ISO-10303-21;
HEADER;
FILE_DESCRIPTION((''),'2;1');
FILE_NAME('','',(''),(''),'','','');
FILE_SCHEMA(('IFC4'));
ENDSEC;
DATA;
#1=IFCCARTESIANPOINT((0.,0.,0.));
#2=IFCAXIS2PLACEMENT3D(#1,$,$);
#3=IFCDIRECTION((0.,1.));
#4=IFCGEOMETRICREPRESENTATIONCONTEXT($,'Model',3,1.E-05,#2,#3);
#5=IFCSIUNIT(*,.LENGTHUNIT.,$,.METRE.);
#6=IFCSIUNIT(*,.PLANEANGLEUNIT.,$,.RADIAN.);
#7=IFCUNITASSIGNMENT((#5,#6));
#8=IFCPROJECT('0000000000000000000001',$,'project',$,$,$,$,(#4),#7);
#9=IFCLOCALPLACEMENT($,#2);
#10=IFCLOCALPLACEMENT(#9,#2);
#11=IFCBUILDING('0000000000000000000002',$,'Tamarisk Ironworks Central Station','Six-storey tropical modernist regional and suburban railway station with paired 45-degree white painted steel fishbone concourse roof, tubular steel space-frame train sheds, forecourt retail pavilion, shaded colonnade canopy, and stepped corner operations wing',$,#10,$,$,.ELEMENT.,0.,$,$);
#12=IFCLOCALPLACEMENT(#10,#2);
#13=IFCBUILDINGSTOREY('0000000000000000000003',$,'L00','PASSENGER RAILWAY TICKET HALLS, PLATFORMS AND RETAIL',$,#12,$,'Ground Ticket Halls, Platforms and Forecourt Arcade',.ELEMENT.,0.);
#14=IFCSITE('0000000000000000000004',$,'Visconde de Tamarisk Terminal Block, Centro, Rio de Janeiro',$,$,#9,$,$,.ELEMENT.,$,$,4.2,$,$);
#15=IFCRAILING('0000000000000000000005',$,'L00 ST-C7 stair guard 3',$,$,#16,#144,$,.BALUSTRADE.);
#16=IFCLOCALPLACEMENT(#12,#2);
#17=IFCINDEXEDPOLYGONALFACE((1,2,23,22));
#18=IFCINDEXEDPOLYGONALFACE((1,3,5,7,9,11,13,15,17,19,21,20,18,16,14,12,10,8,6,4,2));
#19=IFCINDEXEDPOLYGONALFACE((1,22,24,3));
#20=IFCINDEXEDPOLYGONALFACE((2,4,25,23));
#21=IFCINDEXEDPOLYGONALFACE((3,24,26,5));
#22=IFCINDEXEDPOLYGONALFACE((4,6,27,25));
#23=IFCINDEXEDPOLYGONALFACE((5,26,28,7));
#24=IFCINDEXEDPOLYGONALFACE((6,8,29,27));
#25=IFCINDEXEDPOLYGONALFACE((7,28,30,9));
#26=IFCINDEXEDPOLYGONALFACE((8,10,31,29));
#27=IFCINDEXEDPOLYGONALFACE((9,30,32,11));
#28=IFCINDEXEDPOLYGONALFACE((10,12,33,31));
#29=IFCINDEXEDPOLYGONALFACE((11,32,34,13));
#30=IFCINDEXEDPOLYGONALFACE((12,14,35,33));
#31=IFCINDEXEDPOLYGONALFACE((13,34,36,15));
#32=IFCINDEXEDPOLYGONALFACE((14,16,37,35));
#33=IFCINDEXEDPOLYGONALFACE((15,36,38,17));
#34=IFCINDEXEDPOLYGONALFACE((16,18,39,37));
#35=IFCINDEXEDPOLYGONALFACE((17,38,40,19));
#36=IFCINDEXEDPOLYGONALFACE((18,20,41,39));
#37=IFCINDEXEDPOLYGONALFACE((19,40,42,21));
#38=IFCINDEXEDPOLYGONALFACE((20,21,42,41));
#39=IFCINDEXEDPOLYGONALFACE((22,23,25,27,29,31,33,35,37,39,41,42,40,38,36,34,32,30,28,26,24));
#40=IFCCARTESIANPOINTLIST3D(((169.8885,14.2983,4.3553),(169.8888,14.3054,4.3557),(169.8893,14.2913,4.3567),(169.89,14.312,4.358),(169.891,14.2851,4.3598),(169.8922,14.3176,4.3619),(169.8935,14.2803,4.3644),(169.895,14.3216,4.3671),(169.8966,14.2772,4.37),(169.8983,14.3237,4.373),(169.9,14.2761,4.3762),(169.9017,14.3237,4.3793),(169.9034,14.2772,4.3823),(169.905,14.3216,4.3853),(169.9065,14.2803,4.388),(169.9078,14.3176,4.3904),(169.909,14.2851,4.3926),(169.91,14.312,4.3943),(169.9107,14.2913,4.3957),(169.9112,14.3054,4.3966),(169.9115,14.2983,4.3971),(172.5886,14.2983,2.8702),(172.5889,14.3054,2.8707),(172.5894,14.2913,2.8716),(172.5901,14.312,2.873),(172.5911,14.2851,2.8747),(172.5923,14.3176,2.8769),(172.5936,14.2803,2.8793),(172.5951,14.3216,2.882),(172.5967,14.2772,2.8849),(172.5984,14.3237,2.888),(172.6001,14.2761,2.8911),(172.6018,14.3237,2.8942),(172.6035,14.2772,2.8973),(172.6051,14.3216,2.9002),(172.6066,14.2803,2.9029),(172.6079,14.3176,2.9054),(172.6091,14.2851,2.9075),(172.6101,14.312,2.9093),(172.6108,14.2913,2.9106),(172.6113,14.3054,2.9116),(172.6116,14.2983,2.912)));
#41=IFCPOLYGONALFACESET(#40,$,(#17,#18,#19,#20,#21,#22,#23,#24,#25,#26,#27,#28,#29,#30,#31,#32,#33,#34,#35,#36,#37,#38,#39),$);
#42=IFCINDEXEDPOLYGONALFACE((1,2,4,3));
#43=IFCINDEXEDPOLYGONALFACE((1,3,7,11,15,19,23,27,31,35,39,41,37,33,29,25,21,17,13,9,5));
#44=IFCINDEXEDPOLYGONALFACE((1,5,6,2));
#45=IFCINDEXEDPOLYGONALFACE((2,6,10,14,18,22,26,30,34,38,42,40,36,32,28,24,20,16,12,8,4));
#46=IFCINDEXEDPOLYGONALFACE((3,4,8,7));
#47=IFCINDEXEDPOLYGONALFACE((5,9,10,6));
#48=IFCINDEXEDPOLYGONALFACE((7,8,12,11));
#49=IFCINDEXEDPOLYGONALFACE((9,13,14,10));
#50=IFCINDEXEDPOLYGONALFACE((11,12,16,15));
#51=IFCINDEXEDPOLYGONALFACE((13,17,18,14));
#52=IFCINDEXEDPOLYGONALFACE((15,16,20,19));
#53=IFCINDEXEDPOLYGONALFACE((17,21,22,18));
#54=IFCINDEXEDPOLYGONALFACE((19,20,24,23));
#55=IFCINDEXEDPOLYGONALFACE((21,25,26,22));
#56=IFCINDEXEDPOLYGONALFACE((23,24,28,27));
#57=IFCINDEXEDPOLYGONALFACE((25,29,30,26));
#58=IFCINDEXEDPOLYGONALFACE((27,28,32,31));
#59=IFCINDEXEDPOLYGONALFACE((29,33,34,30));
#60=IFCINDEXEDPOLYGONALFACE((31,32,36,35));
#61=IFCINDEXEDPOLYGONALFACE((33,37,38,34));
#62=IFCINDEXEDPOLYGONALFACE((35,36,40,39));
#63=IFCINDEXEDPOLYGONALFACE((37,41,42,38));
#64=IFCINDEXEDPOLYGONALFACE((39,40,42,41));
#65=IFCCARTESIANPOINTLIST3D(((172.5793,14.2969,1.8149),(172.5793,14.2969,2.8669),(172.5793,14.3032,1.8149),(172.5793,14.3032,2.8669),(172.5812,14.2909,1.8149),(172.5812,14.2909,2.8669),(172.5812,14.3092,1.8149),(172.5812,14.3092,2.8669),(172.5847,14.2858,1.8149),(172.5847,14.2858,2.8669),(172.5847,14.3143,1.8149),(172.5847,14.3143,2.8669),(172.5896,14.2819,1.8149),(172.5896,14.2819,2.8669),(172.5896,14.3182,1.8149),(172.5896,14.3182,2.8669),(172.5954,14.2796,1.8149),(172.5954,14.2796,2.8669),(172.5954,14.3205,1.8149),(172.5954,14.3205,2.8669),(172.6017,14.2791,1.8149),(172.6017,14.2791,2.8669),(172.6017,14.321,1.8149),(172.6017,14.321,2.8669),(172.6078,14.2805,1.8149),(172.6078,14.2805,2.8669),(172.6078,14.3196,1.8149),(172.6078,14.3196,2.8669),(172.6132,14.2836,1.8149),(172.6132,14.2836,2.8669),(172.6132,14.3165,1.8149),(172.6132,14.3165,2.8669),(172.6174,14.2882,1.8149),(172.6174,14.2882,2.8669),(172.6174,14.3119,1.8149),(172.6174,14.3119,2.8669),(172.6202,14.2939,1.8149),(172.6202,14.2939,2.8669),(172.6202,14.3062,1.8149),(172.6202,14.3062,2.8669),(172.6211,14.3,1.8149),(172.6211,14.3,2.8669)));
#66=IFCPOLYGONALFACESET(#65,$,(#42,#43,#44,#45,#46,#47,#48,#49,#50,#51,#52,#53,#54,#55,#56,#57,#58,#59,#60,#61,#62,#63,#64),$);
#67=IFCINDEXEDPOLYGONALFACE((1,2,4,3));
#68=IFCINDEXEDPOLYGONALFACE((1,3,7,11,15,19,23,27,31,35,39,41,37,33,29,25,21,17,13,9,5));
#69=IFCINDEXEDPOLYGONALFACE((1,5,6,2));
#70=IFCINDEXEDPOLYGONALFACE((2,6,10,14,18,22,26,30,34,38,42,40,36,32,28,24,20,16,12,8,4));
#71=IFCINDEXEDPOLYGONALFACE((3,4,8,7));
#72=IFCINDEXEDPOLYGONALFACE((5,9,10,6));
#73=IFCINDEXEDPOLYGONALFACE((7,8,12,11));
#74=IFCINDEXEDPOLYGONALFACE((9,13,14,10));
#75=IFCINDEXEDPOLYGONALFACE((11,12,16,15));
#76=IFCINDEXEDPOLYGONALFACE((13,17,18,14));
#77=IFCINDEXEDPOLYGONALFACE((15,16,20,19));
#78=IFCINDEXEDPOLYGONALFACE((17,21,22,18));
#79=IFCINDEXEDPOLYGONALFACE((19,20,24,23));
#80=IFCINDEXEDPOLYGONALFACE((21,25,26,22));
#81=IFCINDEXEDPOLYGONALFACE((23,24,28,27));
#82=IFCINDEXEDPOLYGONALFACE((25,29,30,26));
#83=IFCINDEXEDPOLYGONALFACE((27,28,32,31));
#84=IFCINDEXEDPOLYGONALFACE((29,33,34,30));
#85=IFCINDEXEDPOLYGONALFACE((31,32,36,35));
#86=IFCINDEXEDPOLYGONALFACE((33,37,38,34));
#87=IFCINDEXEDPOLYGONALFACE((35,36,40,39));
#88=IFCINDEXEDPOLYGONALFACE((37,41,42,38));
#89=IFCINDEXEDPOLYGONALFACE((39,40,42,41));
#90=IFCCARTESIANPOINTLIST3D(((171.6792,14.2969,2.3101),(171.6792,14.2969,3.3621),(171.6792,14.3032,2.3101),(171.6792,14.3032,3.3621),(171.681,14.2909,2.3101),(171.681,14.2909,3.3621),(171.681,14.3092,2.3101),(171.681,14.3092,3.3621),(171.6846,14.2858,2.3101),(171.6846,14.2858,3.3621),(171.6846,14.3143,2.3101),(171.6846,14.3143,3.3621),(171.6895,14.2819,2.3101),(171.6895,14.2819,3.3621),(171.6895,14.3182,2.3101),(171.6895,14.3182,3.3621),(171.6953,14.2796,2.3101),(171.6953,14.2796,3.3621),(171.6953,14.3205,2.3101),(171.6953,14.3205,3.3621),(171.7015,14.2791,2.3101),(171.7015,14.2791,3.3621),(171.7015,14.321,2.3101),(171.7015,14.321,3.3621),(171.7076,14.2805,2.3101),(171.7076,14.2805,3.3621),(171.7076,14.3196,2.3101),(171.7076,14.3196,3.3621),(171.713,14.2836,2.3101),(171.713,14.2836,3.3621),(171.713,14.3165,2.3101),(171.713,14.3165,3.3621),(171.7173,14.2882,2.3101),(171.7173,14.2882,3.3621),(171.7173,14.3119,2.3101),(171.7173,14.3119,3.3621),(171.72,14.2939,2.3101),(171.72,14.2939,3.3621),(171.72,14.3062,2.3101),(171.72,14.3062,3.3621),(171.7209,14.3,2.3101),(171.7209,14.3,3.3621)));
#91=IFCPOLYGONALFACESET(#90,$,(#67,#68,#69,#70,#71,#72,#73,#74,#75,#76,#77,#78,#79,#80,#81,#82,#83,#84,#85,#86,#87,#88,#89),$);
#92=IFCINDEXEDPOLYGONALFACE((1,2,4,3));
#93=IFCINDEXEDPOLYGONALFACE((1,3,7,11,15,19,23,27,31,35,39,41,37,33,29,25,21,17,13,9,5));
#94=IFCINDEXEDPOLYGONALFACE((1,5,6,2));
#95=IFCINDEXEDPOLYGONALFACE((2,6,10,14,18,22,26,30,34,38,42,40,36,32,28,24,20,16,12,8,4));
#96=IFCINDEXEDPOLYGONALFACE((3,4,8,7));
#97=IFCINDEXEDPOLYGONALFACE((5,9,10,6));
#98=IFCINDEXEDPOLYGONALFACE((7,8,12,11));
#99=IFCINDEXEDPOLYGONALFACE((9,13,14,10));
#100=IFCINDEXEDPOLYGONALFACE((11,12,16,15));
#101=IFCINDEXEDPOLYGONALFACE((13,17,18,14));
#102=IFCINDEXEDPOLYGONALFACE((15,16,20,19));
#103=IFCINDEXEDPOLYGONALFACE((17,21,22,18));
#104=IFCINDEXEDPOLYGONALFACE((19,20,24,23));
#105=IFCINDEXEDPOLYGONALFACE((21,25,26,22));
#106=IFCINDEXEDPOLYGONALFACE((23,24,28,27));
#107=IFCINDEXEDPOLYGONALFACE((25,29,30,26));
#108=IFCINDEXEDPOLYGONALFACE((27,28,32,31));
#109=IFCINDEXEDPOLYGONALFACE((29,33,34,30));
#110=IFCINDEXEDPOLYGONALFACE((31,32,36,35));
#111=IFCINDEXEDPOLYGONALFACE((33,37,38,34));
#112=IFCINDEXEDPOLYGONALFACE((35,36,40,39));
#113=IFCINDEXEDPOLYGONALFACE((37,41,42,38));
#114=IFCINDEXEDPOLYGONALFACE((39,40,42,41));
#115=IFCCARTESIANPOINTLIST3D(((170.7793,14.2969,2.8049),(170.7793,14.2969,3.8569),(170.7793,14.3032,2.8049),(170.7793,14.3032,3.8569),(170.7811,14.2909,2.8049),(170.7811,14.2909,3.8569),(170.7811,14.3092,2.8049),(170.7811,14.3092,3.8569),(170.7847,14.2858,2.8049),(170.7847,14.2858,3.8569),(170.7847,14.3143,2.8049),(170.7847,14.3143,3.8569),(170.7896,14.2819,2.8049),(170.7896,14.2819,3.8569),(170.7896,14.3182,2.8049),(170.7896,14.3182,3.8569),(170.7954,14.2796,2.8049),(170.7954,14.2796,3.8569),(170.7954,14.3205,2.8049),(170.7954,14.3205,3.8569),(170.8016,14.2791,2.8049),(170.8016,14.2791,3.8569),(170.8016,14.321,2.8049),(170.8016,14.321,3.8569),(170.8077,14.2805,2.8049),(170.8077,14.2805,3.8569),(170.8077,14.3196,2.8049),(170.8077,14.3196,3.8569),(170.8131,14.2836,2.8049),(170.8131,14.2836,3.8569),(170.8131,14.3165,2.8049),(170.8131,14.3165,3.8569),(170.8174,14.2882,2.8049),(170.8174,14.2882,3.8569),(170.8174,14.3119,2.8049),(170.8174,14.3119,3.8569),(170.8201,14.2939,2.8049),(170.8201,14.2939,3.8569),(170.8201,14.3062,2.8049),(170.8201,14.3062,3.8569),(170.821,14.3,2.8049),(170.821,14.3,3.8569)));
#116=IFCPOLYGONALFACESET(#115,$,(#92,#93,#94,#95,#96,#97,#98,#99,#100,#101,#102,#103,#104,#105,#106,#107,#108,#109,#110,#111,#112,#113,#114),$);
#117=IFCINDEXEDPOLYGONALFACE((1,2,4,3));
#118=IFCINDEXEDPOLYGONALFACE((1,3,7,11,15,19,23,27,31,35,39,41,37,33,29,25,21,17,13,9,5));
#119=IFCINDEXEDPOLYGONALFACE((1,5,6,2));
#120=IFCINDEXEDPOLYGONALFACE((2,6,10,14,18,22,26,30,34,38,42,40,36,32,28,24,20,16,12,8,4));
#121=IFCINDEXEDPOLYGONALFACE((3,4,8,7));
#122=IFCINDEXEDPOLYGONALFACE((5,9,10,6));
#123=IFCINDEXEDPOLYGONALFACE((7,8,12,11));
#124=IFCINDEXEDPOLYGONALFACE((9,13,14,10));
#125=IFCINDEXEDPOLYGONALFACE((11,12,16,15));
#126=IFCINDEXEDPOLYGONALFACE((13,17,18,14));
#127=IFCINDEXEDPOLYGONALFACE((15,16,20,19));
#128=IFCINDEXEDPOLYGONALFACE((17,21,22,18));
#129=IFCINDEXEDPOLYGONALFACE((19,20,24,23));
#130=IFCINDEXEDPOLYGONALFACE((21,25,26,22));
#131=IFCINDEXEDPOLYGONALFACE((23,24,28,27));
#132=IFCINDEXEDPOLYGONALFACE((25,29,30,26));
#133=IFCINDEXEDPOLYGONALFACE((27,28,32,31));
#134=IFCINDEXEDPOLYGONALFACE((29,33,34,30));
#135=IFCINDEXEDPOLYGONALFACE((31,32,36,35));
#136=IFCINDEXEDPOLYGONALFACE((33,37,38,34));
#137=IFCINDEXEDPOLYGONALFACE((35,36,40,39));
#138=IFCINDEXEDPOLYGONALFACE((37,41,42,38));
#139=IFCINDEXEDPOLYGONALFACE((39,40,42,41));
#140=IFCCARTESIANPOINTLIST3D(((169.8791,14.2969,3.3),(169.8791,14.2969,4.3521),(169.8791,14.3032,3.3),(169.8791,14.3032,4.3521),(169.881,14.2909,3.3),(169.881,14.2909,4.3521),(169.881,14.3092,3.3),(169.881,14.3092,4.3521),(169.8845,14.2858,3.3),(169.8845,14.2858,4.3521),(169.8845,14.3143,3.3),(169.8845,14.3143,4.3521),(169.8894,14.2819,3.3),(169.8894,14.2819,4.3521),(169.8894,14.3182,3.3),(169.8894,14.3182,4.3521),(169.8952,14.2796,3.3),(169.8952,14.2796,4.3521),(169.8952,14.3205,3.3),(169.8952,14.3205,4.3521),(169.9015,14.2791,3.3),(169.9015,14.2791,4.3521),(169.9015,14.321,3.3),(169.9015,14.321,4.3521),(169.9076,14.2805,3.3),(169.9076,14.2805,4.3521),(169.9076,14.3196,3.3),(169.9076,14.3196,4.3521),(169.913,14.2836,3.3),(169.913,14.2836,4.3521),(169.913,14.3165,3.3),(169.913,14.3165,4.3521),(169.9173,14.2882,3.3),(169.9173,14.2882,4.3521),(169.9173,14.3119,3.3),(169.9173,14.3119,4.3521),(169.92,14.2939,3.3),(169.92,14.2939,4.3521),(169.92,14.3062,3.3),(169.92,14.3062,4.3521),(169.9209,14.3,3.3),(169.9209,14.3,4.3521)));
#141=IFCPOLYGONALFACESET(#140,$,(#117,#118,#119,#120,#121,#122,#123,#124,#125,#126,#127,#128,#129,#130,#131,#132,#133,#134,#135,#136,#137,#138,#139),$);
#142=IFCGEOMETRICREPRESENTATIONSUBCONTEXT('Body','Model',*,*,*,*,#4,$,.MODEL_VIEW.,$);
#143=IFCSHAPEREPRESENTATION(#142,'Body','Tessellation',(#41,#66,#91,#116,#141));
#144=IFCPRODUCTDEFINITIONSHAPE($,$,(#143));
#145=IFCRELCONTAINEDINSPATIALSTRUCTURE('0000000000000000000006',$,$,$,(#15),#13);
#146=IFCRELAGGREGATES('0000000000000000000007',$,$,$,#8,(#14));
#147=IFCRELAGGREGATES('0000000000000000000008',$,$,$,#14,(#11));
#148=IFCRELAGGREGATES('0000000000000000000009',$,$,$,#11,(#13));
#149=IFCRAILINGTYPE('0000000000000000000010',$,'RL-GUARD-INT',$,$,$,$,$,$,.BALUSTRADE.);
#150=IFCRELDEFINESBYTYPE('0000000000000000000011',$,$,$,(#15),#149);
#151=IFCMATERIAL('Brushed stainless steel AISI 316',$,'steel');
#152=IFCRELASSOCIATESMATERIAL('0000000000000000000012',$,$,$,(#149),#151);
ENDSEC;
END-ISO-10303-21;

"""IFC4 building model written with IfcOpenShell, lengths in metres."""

from ifc_helpers import new_model, si_unit, direction, frame, origin, origin_2d, place, context, subcontext, project, spatial, circle, extrude, material, type_object, element, save


model = new_model("IFC4")

# Units and contexts
model_context = context("Model", 3, precision=1e-05, world=origin(), true_north=direction((0.0, 1.0)))
body_context = subcontext(model_context, "Body", "Model", "MODEL_VIEW")
ifc_project = project(units=[si_unit("LENGTHUNIT", "METRE"), si_unit("PLANEANGLEUNIT", "RADIAN")], contexts=[model_context])

# Site, building, storey
site_placement = place(None, origin())
site = spatial("IfcSite", under=ifc_project, at=site_placement, Name="Visconde de Tamarisk Terminal Block, Centro, Rio de Janeiro", CompositionType="ELEMENT", RefElevation=4.2)
building_placement = place(site_placement, origin())
building = spatial("IfcBuilding", under=site, at=building_placement, Name="Tamarisk Ironworks Central Station", Description="Six-storey tropical modernist regional and suburban railway station with paired 45-degree white painted steel fishbone concourse roof, tubular steel space-frame train sheds, forecourt retail pavilion, shaded colonnade canopy, and stepped corner operations wing", CompositionType="ELEMENT", ElevationOfRefHeight=0.0)
storey_placement = place(building_placement, origin())
storey = spatial("IfcBuildingStorey", under=building, at=storey_placement, Name="L00", Description="PASSENGER RAILWAY TICKET HALLS, PLATFORMS AND RETAIL", LongName="Ground Ticket Halls, Platforms and Forecourt Arcade", CompositionType="ELEMENT", Elevation=0.0)

# Railing
ifc_material_1 = material(Name="Brushed stainless steel AISI 316", Category="steel")
railing_type_1 = type_object("IfcRailingType", Name="RL-GUARD-INT", PredefinedType="BALUSTRADE", material=ifc_material_1)
railing_1_placement = place(storey_placement, frame((172.6001, 14.3, 1.8149)))
element("IfcRailing", 1, at=railing_1_placement, inside=storey, type_object=railing_type_1, Name="L00 ST-C7 stair guard 3", PredefinedType="BALUSTRADE", context=body_context, shape_type="SweptSolid", body=[
    extrude(circle(Radius=0.0239, at=origin_2d()), frame((0.0, 0.0, 1.0762), z_axis=(-0.876216, 0.0, 0.481919), x_axis=(0.0, -1.0, 0.0)), (0.0, 0.0, 1.0), 3.0815),
    extrude(circle(Radius=0.021, at=origin_2d()), origin(), (0.0, 0.0, 1.0), 1.052),
    extrude(circle(Radius=0.021, at=origin_2d()), frame((-0.9001, 0.0, 0.4951)), (0.0, 0.0, 1.0), 1.052),
    extrude(circle(Radius=0.021, at=origin_2d()), frame((-1.8, 0.0, 0.99)), (0.0, 0.0, 1.0), 1.052),
    extrude(circle(Radius=0.021, at=origin_2d()), frame((-2.7002, 0.0, 1.4851)), (0.0, 0.0, 1.0), 1.052),
])

save(model, "model.ifc")
